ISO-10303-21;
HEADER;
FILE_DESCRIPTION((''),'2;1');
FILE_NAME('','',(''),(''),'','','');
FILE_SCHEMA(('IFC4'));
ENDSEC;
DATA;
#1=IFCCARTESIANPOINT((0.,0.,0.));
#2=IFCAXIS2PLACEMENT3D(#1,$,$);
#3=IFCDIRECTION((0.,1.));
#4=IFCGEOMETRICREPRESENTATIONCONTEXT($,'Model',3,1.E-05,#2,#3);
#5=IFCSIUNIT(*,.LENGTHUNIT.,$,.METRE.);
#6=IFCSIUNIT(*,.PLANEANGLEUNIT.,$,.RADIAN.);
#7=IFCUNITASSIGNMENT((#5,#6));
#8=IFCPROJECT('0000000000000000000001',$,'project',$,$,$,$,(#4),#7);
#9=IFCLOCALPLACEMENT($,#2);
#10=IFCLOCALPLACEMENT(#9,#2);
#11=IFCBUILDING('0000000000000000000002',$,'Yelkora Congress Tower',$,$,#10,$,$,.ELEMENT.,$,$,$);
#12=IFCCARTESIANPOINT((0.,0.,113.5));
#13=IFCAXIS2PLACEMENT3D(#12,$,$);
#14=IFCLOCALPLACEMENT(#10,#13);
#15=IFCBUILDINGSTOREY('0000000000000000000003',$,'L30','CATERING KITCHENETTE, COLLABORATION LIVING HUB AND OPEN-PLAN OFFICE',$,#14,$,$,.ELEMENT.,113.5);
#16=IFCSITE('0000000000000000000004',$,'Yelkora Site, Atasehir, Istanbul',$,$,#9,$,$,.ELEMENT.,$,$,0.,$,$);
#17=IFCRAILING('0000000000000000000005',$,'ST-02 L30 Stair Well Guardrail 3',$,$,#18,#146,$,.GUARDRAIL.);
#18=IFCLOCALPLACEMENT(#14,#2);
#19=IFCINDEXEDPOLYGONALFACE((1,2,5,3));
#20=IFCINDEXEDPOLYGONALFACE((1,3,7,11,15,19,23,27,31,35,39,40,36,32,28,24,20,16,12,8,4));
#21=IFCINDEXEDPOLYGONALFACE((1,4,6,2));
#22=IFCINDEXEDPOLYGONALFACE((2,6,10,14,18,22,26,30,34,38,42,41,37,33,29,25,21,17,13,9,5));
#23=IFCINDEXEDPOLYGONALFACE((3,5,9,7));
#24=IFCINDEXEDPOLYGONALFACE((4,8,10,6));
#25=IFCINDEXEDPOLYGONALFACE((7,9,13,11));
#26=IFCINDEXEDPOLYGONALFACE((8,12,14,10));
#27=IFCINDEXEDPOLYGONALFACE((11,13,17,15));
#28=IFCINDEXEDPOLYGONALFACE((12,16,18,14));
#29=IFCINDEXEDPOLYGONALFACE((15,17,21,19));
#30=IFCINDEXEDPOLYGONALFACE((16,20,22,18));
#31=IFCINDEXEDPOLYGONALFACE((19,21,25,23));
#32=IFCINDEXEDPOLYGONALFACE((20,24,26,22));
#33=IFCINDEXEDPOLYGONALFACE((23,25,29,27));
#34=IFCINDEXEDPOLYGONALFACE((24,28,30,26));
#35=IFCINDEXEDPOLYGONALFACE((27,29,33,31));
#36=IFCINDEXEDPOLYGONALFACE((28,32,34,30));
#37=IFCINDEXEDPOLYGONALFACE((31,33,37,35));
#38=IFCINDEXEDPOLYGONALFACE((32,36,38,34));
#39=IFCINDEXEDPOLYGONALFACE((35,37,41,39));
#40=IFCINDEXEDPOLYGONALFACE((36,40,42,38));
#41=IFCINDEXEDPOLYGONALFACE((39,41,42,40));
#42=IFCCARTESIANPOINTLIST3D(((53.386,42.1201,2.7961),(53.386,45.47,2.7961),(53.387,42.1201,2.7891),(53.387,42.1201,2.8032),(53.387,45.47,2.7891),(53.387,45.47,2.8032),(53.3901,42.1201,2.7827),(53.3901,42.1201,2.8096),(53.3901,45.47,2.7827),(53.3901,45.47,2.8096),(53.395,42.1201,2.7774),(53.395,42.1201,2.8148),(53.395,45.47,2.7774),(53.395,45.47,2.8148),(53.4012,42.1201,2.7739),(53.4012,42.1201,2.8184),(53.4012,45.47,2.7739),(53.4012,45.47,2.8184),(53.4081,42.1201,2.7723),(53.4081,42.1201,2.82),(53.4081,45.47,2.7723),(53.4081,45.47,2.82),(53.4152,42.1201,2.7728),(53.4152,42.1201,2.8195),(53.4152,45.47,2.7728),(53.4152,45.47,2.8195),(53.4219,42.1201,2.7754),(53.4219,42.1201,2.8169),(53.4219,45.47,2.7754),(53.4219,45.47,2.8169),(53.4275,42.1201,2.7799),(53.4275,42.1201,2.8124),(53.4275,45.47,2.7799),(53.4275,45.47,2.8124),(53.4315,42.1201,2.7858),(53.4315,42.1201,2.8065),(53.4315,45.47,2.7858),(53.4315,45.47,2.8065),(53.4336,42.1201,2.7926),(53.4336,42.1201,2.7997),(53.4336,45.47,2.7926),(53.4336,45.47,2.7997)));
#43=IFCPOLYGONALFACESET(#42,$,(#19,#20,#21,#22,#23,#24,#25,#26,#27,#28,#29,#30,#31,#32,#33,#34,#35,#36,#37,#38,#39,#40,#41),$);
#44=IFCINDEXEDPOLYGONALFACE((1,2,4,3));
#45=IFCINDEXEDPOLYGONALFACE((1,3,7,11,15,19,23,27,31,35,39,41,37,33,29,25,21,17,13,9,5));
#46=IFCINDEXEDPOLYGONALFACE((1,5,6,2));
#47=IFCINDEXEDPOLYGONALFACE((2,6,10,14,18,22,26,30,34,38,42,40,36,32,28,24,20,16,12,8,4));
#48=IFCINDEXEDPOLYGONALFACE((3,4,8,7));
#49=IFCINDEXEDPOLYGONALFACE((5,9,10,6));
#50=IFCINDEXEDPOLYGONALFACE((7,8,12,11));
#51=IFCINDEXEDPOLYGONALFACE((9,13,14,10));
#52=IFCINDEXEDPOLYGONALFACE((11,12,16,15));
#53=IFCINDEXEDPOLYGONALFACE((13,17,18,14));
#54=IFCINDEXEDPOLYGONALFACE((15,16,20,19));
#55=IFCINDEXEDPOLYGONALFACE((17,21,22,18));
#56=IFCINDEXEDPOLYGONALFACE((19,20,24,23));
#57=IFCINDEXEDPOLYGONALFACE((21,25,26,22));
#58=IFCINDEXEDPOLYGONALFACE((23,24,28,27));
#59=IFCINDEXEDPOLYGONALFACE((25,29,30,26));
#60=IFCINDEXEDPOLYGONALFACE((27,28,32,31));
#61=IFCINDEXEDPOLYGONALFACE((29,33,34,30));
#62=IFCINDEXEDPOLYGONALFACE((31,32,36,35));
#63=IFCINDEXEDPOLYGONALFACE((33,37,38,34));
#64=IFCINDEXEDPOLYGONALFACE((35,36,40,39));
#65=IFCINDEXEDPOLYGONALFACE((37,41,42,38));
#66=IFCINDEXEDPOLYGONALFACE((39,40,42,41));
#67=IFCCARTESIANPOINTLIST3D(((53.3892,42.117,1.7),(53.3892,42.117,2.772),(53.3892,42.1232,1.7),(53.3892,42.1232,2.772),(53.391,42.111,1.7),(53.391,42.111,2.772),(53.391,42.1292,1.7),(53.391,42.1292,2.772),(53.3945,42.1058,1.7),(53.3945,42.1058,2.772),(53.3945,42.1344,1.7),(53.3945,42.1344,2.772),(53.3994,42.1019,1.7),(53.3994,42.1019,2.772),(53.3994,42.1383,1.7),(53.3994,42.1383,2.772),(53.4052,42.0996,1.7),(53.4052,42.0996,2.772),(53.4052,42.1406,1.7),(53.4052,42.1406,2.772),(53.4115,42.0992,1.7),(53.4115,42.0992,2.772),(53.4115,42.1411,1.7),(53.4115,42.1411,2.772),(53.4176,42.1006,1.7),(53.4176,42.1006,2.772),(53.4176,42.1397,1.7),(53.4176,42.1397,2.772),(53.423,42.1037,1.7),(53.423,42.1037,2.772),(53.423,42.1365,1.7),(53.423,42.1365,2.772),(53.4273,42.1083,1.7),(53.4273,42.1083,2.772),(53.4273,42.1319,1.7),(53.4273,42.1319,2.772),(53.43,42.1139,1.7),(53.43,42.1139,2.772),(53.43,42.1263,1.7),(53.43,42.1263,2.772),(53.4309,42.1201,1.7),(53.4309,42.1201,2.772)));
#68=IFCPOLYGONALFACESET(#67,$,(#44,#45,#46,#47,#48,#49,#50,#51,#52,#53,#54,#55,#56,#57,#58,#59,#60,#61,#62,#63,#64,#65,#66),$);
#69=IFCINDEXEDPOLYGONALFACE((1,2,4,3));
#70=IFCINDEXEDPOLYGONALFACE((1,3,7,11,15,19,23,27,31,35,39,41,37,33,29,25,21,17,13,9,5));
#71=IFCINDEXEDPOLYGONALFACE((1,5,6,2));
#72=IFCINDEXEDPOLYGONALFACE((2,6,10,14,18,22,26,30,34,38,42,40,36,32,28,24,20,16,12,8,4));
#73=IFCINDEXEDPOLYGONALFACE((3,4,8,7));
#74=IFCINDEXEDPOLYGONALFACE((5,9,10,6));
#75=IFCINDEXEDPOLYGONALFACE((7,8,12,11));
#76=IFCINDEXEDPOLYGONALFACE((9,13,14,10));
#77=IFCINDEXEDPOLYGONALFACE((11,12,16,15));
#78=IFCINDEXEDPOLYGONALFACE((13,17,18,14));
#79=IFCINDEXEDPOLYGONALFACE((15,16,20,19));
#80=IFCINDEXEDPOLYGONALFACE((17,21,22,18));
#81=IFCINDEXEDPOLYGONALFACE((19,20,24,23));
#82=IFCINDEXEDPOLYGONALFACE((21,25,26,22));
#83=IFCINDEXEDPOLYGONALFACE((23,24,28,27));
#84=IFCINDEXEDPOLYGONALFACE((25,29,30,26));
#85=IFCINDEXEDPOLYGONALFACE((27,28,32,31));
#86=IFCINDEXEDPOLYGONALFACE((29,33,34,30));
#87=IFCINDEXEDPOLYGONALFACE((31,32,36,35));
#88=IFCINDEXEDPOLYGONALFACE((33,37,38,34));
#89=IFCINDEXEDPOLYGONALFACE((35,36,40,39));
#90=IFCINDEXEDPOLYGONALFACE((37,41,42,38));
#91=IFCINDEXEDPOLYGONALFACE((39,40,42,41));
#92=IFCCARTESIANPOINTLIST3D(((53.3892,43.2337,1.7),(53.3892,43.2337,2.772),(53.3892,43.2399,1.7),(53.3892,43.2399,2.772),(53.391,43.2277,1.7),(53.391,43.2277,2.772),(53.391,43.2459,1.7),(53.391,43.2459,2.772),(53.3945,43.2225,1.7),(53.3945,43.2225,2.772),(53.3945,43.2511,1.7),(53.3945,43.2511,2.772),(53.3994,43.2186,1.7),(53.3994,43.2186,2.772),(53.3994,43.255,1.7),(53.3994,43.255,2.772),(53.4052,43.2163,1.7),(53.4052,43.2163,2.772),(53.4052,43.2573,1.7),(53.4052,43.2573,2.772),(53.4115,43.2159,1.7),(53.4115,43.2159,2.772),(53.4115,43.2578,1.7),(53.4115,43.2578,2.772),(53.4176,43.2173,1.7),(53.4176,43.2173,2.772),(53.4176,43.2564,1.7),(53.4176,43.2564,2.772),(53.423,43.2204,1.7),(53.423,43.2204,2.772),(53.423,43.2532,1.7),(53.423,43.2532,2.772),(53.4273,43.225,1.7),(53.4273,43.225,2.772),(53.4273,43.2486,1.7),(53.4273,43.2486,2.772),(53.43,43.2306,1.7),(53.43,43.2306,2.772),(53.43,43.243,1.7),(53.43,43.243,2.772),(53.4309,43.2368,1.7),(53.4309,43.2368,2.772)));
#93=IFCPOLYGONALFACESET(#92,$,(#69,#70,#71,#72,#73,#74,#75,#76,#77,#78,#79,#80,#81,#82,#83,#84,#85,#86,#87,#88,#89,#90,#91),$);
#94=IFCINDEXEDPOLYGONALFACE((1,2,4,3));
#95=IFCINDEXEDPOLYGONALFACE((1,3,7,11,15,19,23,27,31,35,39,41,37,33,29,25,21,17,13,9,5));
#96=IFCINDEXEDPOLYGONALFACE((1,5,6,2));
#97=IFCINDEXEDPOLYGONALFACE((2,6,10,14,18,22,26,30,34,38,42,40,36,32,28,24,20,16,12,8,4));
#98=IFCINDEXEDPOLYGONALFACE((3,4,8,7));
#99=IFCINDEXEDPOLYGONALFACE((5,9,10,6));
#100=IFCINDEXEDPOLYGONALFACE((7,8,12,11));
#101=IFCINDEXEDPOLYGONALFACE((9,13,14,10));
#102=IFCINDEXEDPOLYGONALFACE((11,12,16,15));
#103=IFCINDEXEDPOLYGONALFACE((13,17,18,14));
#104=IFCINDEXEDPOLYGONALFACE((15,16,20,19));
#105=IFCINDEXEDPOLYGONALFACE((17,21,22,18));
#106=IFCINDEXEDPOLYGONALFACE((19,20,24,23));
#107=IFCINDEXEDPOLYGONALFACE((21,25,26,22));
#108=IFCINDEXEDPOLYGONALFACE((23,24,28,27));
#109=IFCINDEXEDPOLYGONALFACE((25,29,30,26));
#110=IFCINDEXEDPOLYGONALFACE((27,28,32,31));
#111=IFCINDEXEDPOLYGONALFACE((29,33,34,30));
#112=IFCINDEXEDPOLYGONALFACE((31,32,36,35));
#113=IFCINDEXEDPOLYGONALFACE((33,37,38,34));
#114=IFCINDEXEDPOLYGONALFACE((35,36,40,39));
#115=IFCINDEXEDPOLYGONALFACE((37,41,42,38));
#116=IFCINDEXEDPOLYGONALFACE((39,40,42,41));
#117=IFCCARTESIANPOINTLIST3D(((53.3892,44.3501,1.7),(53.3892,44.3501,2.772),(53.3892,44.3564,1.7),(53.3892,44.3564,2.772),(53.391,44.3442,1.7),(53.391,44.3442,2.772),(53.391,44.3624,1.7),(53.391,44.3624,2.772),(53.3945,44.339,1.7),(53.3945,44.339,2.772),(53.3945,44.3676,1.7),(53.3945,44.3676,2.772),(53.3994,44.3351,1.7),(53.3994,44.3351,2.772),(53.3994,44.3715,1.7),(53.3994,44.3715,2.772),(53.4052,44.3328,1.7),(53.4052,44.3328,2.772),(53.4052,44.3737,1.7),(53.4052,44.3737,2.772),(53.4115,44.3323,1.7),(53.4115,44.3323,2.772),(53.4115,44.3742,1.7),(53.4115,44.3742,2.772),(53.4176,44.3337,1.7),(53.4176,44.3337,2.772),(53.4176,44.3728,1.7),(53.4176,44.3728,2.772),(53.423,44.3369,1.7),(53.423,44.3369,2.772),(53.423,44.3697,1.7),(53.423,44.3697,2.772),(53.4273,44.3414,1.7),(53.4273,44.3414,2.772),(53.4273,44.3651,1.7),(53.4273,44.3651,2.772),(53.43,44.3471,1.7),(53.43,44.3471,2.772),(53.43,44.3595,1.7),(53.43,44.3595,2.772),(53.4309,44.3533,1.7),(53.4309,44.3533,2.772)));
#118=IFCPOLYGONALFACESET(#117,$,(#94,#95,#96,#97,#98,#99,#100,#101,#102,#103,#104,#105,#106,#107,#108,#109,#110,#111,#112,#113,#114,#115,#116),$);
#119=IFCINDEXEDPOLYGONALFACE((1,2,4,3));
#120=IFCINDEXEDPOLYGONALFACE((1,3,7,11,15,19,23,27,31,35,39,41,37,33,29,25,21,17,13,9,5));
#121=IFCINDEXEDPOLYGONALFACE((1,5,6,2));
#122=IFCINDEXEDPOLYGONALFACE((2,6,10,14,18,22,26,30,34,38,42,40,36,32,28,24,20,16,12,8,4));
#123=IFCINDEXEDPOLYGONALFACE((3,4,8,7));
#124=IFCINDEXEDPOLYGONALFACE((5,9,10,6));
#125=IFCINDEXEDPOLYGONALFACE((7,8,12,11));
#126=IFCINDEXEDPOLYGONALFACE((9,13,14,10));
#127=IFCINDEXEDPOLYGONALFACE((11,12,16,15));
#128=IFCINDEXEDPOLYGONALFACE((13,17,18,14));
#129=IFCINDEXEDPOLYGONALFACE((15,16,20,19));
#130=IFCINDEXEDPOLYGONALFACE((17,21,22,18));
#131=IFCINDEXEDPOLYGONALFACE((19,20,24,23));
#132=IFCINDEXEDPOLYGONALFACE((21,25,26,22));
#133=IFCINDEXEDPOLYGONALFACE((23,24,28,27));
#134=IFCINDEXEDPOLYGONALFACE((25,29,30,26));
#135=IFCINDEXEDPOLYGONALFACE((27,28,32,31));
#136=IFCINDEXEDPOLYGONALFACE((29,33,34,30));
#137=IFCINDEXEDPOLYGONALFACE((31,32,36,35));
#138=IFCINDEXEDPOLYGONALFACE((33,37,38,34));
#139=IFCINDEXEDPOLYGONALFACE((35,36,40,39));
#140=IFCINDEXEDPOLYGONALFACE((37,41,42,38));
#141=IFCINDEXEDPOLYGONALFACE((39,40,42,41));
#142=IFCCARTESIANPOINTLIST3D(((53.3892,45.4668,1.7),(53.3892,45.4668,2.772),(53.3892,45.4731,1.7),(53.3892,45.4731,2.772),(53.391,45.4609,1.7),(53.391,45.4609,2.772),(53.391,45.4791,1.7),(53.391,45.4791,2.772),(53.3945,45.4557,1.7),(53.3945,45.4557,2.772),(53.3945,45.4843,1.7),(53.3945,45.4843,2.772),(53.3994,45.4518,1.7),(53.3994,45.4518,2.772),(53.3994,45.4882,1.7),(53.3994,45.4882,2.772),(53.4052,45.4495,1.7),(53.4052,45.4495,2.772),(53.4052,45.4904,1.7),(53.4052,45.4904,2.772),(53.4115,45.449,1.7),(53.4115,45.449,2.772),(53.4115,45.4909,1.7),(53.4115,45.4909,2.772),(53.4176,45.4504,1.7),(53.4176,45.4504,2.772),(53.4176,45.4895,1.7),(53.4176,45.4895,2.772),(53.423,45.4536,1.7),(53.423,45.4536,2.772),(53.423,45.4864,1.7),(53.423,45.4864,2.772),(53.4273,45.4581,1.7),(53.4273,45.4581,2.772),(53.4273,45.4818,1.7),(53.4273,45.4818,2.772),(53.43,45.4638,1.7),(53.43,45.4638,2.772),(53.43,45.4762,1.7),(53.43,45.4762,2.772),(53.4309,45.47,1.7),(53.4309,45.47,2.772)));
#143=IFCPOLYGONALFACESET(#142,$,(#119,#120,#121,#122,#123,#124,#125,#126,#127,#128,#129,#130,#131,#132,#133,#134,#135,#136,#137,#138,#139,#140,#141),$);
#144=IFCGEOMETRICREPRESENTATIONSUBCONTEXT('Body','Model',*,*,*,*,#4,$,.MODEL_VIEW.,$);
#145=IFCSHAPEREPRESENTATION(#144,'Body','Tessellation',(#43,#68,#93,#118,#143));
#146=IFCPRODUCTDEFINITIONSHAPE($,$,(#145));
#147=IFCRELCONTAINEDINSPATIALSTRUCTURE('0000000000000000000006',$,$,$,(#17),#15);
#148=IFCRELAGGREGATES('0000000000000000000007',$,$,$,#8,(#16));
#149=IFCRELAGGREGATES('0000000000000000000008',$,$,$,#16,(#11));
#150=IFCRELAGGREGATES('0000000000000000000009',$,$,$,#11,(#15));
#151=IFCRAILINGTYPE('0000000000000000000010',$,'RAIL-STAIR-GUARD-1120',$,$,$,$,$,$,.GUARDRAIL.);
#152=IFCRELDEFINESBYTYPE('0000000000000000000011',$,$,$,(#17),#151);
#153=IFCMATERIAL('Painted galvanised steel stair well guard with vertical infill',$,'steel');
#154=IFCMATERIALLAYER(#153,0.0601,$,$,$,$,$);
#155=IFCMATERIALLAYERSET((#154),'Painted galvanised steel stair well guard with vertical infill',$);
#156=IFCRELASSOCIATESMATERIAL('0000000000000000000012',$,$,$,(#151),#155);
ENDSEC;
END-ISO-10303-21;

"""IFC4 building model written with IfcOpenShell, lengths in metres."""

from ifc_helpers import new_model, si_unit, direction, frame, origin, origin_2d, place, context, subcontext, project, spatial, circle, extrude, material, layer, layer_set, type_object, element, save


model = new_model("IFC4")

# Units and contexts
model_context = context("Model", 3, precision=1e-05, world=origin(), true_north=direction((0.0, 1.0)))
body_context = subcontext(model_context, "Body", "Model", "MODEL_VIEW")
ifc_project = project(units=[si_unit("LENGTHUNIT", "METRE"), si_unit("PLANEANGLEUNIT", "RADIAN")], contexts=[model_context])

# Site, building, storey
site_placement = place(None, origin())
site = spatial("IfcSite", under=ifc_project, at=site_placement, Name="Yelkora Site, Atasehir, Istanbul", CompositionType="ELEMENT", RefElevation=0.0)
building_placement = place(site_placement, origin())
building = spatial("IfcBuilding", under=site, at=building_placement, Name="Yelkora Congress Tower", CompositionType="ELEMENT")
storey_placement = place(building_placement, frame((0.0, 0.0, 113.5)))
storey = spatial("IfcBuildingStorey", under=building, at=storey_placement, Name="L30", Description="CATERING KITCHENETTE, COLLABORATION LIVING HUB AND OPEN-PLAN OFFICE", CompositionType="ELEMENT", Elevation=113.5)

# Railing
ifc_material_1 = material(Name="Painted galvanised steel stair well guard with vertical infill", Category="steel")
ifc_layer_1 = layer(ifc_material_1, 0.0601)
ifc_layer_set_1 = layer_set([ifc_layer_1], Name="Painted galvanised steel stair well guard with vertical infill")
railing_type_1 = type_object("IfcRailingType", Name="RAIL-STAIR-GUARD-1120", PredefinedType="GUARDRAIL", material=ifc_layer_set_1)
for number, where, name in (
    (1, (53.4099, 42.1201, 1.7), "ST-02 L30 Stair Well Guardrail 3"),
):
    element("IfcRailing", number, at=place(storey_placement, frame(where)), inside=storey, type_object=railing_type_1, Name=name, PredefinedType="GUARDRAIL", context=body_context, shape_type="SweptSolid", body=[
        extrude(circle(Radius=0.0239, at=origin_2d()), frame((0.0, 0.0, 1.0962), z_axis=(0.0, 1.0, 0.0), x_axis=(-1.0, 0.0, 0.0)), (0.0, 0.0, 1.0), 3.3499),
        extrude(circle(Radius=0.021, at=origin_2d()), origin(), (0.0, 0.0, 1.0), 1.072),
        extrude(circle(Radius=0.021, at=origin_2d()), frame((0.0, 1.1167, 0.0)), (0.0, 0.0, 1.0), 1.072),
        extrude(circle(Radius=0.021, at=origin_2d()), frame((0.0, 2.2332, 0.0)), (0.0, 0.0, 1.0), 1.072),
        extrude(circle(Radius=0.021, at=origin_2d()), frame((0.0, 3.3499, 0.0)), (0.0, 0.0, 1.0), 1.072),
    ])

save(model, "model.ifc")
